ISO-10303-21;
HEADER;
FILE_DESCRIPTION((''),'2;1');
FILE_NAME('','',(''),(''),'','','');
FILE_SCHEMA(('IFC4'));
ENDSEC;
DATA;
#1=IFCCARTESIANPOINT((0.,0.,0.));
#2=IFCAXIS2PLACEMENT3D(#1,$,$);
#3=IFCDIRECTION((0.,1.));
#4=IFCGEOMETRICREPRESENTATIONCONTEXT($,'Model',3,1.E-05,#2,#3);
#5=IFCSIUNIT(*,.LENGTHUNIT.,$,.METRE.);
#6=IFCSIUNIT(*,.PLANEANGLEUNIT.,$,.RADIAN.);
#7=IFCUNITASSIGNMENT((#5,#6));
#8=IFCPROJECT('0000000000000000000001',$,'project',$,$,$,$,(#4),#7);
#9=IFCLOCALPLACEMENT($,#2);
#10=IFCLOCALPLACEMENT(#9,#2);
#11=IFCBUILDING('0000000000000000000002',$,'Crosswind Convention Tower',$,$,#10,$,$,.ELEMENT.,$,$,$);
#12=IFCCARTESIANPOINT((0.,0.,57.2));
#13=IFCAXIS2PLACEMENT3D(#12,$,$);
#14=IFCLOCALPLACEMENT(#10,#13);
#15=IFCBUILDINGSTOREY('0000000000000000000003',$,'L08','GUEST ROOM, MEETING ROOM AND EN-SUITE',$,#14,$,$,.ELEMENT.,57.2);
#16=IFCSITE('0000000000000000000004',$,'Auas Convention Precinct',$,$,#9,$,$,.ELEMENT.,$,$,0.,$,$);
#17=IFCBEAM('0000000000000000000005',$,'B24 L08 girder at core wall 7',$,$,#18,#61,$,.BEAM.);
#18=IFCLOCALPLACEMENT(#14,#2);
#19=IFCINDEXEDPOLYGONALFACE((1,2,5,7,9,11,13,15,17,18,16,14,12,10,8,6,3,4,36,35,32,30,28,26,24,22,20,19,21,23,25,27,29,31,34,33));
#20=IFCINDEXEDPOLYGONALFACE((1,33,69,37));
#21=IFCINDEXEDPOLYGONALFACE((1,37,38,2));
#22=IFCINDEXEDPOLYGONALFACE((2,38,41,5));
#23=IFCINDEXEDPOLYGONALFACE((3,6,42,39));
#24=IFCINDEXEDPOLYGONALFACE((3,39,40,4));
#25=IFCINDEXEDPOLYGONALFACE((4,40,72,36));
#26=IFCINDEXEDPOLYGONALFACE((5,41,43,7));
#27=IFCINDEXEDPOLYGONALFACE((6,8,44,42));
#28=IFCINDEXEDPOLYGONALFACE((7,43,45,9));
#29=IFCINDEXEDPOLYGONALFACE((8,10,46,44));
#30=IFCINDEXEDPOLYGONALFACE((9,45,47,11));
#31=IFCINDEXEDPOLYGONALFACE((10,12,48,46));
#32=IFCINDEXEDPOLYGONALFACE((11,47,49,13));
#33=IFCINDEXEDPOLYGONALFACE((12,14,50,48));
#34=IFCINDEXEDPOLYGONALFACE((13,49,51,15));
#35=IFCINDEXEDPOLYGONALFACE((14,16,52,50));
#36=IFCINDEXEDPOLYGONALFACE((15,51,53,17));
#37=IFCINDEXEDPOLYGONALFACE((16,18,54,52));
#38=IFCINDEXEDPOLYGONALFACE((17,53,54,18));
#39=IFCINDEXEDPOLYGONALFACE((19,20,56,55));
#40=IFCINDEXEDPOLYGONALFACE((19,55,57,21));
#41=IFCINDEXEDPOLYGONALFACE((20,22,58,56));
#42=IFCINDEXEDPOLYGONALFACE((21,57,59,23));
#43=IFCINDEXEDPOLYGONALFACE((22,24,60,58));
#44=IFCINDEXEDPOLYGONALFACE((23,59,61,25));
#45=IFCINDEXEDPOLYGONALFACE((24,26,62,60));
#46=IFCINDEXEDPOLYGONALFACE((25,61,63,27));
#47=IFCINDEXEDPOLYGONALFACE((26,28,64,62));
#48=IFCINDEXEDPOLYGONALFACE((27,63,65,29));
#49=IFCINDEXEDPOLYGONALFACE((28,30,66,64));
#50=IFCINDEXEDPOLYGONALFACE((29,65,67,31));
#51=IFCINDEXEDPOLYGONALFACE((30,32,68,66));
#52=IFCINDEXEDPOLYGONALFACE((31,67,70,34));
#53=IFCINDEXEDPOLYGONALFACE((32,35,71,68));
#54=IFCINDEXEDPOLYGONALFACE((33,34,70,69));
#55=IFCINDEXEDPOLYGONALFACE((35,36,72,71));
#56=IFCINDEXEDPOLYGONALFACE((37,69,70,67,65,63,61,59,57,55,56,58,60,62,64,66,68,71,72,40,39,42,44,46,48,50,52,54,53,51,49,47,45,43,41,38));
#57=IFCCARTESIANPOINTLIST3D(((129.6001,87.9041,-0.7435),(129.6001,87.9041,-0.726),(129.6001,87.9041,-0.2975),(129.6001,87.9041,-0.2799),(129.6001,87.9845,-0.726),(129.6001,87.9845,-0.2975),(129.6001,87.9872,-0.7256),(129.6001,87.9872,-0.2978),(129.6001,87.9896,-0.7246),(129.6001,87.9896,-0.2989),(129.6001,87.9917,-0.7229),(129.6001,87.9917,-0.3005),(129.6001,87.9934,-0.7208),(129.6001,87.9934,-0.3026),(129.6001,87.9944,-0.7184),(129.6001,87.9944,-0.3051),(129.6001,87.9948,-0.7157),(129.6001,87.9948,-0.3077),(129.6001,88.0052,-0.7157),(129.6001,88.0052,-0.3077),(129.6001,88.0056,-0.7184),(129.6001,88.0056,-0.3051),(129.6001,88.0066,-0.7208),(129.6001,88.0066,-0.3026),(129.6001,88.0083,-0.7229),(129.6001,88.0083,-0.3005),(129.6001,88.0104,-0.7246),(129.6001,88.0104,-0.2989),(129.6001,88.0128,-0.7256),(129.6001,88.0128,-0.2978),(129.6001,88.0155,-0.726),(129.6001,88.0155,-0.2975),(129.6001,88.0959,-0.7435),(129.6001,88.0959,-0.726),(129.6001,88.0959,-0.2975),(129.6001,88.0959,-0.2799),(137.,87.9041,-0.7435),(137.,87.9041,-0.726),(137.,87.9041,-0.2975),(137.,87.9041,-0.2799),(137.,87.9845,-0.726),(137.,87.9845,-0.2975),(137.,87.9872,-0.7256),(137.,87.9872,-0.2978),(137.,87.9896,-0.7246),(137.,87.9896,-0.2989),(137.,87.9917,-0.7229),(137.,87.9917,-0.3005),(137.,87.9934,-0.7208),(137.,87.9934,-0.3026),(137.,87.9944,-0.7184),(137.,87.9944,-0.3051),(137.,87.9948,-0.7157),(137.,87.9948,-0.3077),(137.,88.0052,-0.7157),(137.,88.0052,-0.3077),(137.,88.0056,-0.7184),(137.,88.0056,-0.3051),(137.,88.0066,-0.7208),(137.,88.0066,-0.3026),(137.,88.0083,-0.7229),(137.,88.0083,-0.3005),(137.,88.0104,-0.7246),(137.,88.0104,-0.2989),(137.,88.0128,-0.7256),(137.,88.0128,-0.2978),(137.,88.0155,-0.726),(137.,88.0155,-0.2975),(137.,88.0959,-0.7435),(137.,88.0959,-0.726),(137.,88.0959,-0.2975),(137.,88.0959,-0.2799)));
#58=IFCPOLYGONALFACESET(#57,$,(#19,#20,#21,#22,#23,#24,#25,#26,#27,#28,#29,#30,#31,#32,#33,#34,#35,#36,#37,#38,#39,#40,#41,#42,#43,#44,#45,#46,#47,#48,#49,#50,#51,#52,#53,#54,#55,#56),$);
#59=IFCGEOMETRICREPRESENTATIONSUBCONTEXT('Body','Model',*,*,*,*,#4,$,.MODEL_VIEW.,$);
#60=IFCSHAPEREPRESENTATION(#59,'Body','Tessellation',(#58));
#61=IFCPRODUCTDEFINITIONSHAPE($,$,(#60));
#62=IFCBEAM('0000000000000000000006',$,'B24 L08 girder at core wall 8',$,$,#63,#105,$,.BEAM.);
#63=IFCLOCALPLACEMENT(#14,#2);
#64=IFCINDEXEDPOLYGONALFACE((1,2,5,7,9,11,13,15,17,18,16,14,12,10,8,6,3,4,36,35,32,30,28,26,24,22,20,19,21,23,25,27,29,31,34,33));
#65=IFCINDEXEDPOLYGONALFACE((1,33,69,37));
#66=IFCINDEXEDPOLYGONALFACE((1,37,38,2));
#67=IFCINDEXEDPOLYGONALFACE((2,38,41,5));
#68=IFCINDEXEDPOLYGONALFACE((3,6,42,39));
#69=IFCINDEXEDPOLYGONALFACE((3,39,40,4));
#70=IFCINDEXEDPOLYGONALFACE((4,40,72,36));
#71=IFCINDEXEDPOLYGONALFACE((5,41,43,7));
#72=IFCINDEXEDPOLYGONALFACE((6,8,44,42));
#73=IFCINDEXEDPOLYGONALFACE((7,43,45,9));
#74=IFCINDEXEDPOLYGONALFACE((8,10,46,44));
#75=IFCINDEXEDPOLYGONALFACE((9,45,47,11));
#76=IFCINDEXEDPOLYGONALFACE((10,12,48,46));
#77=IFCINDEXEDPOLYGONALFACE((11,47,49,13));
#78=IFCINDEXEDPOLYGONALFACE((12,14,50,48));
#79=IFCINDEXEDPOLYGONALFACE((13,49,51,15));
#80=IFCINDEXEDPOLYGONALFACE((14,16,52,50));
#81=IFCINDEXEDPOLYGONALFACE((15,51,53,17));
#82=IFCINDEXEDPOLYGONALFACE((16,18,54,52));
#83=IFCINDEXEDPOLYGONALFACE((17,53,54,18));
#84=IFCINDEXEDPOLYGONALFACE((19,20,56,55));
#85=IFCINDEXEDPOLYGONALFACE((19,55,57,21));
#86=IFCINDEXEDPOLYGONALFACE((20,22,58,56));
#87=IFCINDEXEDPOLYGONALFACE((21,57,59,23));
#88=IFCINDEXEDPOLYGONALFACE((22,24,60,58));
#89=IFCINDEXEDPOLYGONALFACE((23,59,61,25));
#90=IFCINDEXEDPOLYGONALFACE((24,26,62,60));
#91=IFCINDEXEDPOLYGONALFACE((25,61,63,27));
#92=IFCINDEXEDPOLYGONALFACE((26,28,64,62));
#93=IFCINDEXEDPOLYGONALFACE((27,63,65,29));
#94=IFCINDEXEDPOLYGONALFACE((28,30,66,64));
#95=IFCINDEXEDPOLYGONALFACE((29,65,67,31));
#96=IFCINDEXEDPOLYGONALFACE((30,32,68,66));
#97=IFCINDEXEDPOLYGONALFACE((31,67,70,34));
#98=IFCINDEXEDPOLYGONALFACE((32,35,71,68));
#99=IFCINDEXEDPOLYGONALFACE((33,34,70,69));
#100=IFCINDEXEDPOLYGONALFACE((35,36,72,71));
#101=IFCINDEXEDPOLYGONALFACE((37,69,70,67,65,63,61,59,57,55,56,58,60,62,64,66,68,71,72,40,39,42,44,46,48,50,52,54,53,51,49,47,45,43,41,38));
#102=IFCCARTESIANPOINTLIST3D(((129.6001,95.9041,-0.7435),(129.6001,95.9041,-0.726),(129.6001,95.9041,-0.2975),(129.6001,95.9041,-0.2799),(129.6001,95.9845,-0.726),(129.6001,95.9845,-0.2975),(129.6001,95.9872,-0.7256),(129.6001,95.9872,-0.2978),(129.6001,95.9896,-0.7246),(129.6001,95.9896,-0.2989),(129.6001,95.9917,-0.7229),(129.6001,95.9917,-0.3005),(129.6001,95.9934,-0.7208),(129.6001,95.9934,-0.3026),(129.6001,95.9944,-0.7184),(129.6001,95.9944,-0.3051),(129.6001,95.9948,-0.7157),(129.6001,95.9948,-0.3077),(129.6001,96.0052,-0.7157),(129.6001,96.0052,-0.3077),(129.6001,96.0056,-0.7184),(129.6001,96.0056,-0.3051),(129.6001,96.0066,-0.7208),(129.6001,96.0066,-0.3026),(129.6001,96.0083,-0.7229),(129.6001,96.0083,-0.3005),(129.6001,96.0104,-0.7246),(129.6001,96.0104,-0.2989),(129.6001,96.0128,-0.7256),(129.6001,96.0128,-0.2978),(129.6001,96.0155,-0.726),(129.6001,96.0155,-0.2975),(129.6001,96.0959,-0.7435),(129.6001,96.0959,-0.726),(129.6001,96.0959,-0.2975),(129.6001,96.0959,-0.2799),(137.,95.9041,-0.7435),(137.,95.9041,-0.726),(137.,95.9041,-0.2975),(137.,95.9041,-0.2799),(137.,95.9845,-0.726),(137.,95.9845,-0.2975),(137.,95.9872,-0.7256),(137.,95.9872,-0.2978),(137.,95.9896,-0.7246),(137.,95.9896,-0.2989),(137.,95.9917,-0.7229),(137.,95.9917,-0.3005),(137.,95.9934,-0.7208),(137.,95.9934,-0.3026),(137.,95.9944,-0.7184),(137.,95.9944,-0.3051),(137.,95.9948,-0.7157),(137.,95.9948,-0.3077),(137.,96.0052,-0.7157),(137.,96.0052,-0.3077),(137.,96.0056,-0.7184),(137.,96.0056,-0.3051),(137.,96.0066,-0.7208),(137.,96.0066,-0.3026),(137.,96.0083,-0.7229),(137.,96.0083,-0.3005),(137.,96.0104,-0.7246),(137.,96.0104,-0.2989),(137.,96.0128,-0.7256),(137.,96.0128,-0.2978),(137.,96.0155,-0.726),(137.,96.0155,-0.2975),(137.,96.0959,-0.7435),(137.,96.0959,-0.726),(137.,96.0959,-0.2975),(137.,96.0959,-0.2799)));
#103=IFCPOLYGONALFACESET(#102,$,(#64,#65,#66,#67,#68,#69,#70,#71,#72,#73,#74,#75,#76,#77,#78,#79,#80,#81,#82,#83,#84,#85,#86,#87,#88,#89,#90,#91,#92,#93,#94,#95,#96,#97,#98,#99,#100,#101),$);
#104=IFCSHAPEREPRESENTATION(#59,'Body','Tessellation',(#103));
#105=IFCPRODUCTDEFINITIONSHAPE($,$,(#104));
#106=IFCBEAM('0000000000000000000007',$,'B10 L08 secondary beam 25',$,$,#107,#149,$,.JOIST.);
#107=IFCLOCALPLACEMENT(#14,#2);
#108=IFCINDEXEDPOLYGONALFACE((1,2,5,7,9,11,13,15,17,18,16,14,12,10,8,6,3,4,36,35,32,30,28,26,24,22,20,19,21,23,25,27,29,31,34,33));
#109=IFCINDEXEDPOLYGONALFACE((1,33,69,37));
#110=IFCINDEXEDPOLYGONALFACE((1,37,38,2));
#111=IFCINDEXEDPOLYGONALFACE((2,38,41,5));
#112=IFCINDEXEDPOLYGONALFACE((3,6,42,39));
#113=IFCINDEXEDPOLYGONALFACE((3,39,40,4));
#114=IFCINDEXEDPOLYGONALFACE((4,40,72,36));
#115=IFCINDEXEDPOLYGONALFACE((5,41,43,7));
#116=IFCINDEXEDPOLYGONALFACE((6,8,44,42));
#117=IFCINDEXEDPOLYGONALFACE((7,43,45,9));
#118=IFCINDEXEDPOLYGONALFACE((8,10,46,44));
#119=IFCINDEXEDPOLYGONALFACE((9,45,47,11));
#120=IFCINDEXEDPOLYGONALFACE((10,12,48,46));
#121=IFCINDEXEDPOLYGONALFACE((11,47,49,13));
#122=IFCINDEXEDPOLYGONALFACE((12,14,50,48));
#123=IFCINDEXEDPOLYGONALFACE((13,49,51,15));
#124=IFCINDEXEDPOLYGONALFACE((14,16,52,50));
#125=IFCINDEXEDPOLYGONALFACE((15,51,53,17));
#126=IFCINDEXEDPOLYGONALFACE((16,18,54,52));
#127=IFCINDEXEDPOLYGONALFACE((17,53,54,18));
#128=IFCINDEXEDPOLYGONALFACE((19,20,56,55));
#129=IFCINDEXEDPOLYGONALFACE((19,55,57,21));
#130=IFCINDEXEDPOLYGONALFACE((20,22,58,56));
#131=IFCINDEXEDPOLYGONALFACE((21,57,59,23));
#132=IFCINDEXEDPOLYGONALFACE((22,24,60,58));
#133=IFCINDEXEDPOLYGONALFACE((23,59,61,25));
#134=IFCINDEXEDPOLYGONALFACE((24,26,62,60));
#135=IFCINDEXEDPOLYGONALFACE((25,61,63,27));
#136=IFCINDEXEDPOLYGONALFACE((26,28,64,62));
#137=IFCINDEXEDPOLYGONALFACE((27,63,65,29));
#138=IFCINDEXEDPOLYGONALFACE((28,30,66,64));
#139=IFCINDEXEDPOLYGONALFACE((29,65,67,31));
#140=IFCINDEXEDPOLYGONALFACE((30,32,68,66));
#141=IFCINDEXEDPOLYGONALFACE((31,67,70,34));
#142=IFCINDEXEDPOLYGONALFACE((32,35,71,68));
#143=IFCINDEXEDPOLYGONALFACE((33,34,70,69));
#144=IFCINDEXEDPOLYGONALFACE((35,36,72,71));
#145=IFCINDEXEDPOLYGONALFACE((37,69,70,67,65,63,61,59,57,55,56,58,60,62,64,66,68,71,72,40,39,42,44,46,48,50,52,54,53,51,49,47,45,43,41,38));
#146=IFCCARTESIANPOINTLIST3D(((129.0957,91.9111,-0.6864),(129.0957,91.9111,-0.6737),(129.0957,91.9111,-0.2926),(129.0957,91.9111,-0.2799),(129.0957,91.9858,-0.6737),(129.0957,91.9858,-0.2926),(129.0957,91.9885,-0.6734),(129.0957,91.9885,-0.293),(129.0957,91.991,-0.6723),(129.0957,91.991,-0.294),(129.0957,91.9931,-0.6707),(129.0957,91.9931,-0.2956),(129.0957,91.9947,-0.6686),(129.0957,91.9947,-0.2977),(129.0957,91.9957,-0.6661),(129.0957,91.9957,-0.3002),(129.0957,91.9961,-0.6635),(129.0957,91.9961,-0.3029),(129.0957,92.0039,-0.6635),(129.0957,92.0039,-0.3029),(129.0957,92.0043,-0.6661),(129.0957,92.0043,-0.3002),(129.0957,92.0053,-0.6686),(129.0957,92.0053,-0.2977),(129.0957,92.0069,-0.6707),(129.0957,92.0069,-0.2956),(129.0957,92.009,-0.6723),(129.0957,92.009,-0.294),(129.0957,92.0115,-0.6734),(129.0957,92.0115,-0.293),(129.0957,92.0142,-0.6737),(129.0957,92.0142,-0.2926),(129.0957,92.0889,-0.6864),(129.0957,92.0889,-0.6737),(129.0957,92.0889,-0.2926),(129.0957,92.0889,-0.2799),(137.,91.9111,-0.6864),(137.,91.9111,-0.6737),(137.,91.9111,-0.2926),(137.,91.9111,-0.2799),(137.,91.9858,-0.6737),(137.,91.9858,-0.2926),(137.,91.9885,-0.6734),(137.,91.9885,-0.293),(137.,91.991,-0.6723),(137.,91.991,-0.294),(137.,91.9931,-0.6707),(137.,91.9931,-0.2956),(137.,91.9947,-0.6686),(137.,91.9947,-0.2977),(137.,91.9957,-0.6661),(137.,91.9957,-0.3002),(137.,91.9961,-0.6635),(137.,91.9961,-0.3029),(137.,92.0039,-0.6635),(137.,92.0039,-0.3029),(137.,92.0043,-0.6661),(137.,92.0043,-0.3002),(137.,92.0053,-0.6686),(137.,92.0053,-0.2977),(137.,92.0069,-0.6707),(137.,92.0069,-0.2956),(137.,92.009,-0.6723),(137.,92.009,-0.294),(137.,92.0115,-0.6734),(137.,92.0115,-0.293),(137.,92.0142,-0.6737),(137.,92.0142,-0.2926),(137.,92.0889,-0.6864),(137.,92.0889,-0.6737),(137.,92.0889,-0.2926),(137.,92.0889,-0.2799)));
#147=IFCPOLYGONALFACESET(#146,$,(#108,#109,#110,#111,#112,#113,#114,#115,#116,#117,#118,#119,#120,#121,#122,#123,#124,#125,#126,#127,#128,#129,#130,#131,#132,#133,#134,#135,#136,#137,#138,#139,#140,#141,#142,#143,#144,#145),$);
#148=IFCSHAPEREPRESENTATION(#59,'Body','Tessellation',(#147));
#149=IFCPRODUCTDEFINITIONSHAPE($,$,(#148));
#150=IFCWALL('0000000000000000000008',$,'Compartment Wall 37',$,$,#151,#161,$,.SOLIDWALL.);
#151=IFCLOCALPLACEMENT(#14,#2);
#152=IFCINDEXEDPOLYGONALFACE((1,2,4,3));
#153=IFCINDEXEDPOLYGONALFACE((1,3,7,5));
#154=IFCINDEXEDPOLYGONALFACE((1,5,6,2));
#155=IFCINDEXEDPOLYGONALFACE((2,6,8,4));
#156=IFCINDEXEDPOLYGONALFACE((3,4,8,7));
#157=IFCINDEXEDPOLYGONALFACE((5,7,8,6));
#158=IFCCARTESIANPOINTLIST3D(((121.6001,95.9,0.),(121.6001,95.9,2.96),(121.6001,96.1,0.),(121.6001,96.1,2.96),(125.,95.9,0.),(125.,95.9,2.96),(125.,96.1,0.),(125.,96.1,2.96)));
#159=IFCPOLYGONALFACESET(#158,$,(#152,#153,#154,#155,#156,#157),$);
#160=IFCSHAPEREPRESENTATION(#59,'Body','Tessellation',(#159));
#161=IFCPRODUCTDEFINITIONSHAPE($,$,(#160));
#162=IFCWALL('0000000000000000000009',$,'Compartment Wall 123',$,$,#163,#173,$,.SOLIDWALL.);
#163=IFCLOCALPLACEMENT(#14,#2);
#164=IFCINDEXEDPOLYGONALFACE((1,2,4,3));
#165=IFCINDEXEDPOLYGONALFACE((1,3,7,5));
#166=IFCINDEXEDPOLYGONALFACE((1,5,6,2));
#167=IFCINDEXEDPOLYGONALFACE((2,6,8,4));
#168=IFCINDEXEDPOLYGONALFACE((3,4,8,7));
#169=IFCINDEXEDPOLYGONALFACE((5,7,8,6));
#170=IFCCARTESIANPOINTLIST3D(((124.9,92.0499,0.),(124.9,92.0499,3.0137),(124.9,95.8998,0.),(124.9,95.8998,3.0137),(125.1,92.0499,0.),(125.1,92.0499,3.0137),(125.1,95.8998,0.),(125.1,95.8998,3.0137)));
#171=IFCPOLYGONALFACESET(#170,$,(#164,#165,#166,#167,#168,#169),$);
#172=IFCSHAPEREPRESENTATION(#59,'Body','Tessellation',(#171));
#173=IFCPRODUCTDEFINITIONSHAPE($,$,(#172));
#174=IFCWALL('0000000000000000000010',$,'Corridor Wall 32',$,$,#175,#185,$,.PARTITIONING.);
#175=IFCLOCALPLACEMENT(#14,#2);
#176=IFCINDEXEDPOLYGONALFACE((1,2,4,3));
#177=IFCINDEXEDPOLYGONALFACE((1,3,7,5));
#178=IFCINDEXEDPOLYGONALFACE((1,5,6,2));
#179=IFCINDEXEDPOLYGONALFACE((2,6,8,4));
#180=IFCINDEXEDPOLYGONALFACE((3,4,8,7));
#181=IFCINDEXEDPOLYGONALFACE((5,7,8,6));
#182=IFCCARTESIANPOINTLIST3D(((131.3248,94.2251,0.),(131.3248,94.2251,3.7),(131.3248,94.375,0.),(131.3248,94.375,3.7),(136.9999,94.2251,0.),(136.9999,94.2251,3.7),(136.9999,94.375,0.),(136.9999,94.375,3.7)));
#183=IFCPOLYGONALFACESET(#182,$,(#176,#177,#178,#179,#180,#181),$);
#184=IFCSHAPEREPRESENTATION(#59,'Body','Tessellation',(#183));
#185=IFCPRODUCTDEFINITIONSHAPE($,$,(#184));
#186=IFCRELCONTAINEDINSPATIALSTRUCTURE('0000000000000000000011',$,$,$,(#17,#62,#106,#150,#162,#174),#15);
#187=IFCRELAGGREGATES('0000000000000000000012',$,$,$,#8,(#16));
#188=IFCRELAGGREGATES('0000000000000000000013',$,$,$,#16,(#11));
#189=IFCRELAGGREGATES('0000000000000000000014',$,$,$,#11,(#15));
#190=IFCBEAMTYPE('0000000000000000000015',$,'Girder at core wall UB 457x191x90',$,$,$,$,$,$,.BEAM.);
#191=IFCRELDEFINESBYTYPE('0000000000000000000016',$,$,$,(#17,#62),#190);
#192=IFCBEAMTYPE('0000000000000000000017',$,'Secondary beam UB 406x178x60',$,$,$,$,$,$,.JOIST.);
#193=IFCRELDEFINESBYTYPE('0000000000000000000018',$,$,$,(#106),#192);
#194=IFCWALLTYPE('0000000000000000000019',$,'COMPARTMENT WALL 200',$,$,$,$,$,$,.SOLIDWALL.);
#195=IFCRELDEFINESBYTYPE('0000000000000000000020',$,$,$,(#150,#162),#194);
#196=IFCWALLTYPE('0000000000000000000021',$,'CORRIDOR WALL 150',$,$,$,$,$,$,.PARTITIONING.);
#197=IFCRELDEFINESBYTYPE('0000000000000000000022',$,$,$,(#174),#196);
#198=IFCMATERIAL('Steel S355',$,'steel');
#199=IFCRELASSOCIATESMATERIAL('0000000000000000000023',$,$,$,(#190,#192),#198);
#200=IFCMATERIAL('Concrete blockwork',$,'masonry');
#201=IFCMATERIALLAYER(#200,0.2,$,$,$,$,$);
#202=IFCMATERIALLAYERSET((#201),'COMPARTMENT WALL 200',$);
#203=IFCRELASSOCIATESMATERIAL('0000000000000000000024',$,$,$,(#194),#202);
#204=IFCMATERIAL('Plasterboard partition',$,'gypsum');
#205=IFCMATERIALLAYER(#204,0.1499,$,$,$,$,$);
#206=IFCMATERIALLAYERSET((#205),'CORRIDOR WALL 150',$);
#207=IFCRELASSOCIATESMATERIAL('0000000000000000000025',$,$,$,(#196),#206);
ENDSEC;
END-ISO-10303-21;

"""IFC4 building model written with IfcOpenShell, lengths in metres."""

from ifc_helpers import new_model, si_unit, direction, frame, frame_2d, origin, origin_2d, place, context, subcontext, project, spatial, rectangle, i_section, extrude, material, layer, layer_set, material_profile, profile_set, type_object, element, save


model = new_model("IFC4")

# Units and contexts
model_context = context("Model", 3, precision=1e-05, world=origin(), true_north=direction((0.0, 1.0)))
body_context = subcontext(model_context, "Body", "Model", "MODEL_VIEW")
ifc_project = project(units=[si_unit("LENGTHUNIT", "METRE"), si_unit("PLANEANGLEUNIT", "RADIAN")], contexts=[model_context])

# Site, building, storey
site_placement = place(None, origin())
site = spatial("IfcSite", under=ifc_project, at=site_placement, Name="Auas Convention Precinct", CompositionType="ELEMENT", RefElevation=0.0)
building_placement = place(site_placement, origin())
building = spatial("IfcBuilding", under=site, at=building_placement, Name="Crosswind Convention Tower", CompositionType="ELEMENT")
storey_placement = place(building_placement, frame((0.0, 0.0, 57.2)))
storey = spatial("IfcBuildingStorey", under=building, at=storey_placement, Name="L08", Description="GUEST ROOM, MEETING ROOM AND EN-SUITE", CompositionType="ELEMENT", Elevation=57.2)

# Beams
ifc_material_1 = material(Name="Steel S355", Category="steel")
ifc_material_profile_1 = material_profile(ifc_material_1, i_section(OverallWidth=0.1919, OverallDepth=0.4636, WebThickness=0.0105, FlangeThickness=0.0176, FilletRadius=0.0103, at=origin_2d()), Name="UB 457x191x90")
ifc_profile_set_1 = profile_set([ifc_material_profile_1], Name="Steel S355")
beam_type_1 = type_object("IfcBeamType", Name="Girder at core wall UB 457x191x90", PredefinedType="BEAM", material=ifc_profile_set_1)
for number, where, z_axis, x_axis, name in (
    (1, (129.6001, 88.0, -0.5117), (1.0, 0.0, 0.0), (0.0, 1.0, 0.0), "B24 L08 girder at core wall 7"),
    (2, (129.6001, 96.0, -0.5117), (1.0, 0.0, 0.0), (0.0, 1.0, 0.0), "B24 L08 girder at core wall 8"),
):
    element("IfcBeam", number, at=place(storey_placement, frame(where, z_axis=z_axis, x_axis=x_axis)), inside=storey, type_object=beam_type_1, Name=name, PredefinedType="BEAM", context=body_context, shape_type="SweptSolid", body=[
        extrude(i_section(OverallWidth=0.1919, OverallDepth=0.4636, WebThickness=0.0105, FlangeThickness=0.0176, FilletRadius=0.0103, at=origin_2d()), origin(), (0.0, 0.0, 1.0), 7.3999),
    ])
ifc_material_profile_2 = material_profile(ifc_material_1, i_section(OverallWidth=0.1777, OverallDepth=0.4065, WebThickness=0.0078, FlangeThickness=0.0127, FilletRadius=0.0103, at=origin_2d()), Name="UB 406x178x60")
ifc_profile_set_2 = profile_set([ifc_material_profile_2], Name="Steel S355")
beam_type_2 = type_object("IfcBeamType", Name="Secondary beam UB 406x178x60", PredefinedType="JOIST", material=ifc_profile_set_2)
beam_placement = place(storey_placement, frame((129.0957, 92.0, -0.4832), z_axis=(1.0, 0.0, 0.0), x_axis=(0.0, 1.0, 0.0)))
element("IfcBeam", 3, at=beam_placement, inside=storey, type_object=beam_type_2, Name="B10 L08 secondary beam 25", PredefinedType="JOIST", context=body_context, shape_type="SweptSolid", body=[
    extrude(i_section(OverallWidth=0.1777, OverallDepth=0.4065, WebThickness=0.0078, FlangeThickness=0.0127, FilletRadius=0.0103, at=origin_2d()), origin(), (0.0, 0.0, 1.0), 7.9043),
])

# Walls
ifc_material_2 = material(Name="Concrete blockwork", Category="masonry")
ifc_layer_1 = layer(ifc_material_2, 0.2)
ifc_layer_set_1 = layer_set([ifc_layer_1], Name="COMPARTMENT WALL 200")
wall_type_1 = type_object("IfcWallType", Name="COMPARTMENT WALL 200", PredefinedType="SOLIDWALL", material=ifc_layer_set_1)
wall_1_placement = place(storey_placement, frame((121.6001, 96.0, 0.0), z_axis=(0.0, 0.0, 1.0), x_axis=(1.0, 0.0, 0.0)))
element("IfcWall", 4, at=wall_1_placement, inside=storey, type_object=wall_type_1, Name="Compartment Wall 37", PredefinedType="SOLIDWALL", context=body_context, shape_type="SweptSolid", body=[
    extrude(rectangle(XDim=3.3999, YDim=0.2, at=frame_2d((1.7, 0.0))), origin(), (0.0, 0.0, 1.0), 2.96),
])
wall_2_placement = place(storey_placement, frame((125.0, 92.05, 0.0), z_axis=(0.0, 0.0, 1.0), x_axis=(0.0, 1.0, 0.0)))
element("IfcWall", 5, at=wall_2_placement, inside=storey, type_object=wall_type_1, Name="Compartment Wall 123", PredefinedType="SOLIDWALL", context=body_context, shape_type="SweptSolid", body=[
    extrude(rectangle(XDim=3.8499, YDim=0.2, at=frame_2d((1.9248, 0.0))), origin(), (0.0, 0.0, 1.0), 3.0137),
])
ifc_material_3 = material(Name="Plasterboard partition", Category="gypsum")
ifc_layer_2 = layer(ifc_material_3, 0.1499)
ifc_layer_set_2 = layer_set([ifc_layer_2], Name="CORRIDOR WALL 150")
wall_type_2 = type_object("IfcWallType", Name="CORRIDOR WALL 150", PredefinedType="PARTITIONING", material=ifc_layer_set_2)
wall_3_placement = place(storey_placement, frame((131.325, 94.3, 0.0), z_axis=(0.0, 0.0, 1.0), x_axis=(1.0, 0.0, 0.0)))
element("IfcWall", 6, at=wall_3_placement, inside=storey, type_object=wall_type_2, Name="Corridor Wall 32", PredefinedType="PARTITIONING", context=body_context, shape_type="SweptSolid", body=[
    extrude(rectangle(XDim=5.675, YDim=0.1499, at=frame_2d((2.8374, 0.0))), origin(), (0.0, 0.0, 1.0), 3.7),
])

save(model, "model.ifc")
